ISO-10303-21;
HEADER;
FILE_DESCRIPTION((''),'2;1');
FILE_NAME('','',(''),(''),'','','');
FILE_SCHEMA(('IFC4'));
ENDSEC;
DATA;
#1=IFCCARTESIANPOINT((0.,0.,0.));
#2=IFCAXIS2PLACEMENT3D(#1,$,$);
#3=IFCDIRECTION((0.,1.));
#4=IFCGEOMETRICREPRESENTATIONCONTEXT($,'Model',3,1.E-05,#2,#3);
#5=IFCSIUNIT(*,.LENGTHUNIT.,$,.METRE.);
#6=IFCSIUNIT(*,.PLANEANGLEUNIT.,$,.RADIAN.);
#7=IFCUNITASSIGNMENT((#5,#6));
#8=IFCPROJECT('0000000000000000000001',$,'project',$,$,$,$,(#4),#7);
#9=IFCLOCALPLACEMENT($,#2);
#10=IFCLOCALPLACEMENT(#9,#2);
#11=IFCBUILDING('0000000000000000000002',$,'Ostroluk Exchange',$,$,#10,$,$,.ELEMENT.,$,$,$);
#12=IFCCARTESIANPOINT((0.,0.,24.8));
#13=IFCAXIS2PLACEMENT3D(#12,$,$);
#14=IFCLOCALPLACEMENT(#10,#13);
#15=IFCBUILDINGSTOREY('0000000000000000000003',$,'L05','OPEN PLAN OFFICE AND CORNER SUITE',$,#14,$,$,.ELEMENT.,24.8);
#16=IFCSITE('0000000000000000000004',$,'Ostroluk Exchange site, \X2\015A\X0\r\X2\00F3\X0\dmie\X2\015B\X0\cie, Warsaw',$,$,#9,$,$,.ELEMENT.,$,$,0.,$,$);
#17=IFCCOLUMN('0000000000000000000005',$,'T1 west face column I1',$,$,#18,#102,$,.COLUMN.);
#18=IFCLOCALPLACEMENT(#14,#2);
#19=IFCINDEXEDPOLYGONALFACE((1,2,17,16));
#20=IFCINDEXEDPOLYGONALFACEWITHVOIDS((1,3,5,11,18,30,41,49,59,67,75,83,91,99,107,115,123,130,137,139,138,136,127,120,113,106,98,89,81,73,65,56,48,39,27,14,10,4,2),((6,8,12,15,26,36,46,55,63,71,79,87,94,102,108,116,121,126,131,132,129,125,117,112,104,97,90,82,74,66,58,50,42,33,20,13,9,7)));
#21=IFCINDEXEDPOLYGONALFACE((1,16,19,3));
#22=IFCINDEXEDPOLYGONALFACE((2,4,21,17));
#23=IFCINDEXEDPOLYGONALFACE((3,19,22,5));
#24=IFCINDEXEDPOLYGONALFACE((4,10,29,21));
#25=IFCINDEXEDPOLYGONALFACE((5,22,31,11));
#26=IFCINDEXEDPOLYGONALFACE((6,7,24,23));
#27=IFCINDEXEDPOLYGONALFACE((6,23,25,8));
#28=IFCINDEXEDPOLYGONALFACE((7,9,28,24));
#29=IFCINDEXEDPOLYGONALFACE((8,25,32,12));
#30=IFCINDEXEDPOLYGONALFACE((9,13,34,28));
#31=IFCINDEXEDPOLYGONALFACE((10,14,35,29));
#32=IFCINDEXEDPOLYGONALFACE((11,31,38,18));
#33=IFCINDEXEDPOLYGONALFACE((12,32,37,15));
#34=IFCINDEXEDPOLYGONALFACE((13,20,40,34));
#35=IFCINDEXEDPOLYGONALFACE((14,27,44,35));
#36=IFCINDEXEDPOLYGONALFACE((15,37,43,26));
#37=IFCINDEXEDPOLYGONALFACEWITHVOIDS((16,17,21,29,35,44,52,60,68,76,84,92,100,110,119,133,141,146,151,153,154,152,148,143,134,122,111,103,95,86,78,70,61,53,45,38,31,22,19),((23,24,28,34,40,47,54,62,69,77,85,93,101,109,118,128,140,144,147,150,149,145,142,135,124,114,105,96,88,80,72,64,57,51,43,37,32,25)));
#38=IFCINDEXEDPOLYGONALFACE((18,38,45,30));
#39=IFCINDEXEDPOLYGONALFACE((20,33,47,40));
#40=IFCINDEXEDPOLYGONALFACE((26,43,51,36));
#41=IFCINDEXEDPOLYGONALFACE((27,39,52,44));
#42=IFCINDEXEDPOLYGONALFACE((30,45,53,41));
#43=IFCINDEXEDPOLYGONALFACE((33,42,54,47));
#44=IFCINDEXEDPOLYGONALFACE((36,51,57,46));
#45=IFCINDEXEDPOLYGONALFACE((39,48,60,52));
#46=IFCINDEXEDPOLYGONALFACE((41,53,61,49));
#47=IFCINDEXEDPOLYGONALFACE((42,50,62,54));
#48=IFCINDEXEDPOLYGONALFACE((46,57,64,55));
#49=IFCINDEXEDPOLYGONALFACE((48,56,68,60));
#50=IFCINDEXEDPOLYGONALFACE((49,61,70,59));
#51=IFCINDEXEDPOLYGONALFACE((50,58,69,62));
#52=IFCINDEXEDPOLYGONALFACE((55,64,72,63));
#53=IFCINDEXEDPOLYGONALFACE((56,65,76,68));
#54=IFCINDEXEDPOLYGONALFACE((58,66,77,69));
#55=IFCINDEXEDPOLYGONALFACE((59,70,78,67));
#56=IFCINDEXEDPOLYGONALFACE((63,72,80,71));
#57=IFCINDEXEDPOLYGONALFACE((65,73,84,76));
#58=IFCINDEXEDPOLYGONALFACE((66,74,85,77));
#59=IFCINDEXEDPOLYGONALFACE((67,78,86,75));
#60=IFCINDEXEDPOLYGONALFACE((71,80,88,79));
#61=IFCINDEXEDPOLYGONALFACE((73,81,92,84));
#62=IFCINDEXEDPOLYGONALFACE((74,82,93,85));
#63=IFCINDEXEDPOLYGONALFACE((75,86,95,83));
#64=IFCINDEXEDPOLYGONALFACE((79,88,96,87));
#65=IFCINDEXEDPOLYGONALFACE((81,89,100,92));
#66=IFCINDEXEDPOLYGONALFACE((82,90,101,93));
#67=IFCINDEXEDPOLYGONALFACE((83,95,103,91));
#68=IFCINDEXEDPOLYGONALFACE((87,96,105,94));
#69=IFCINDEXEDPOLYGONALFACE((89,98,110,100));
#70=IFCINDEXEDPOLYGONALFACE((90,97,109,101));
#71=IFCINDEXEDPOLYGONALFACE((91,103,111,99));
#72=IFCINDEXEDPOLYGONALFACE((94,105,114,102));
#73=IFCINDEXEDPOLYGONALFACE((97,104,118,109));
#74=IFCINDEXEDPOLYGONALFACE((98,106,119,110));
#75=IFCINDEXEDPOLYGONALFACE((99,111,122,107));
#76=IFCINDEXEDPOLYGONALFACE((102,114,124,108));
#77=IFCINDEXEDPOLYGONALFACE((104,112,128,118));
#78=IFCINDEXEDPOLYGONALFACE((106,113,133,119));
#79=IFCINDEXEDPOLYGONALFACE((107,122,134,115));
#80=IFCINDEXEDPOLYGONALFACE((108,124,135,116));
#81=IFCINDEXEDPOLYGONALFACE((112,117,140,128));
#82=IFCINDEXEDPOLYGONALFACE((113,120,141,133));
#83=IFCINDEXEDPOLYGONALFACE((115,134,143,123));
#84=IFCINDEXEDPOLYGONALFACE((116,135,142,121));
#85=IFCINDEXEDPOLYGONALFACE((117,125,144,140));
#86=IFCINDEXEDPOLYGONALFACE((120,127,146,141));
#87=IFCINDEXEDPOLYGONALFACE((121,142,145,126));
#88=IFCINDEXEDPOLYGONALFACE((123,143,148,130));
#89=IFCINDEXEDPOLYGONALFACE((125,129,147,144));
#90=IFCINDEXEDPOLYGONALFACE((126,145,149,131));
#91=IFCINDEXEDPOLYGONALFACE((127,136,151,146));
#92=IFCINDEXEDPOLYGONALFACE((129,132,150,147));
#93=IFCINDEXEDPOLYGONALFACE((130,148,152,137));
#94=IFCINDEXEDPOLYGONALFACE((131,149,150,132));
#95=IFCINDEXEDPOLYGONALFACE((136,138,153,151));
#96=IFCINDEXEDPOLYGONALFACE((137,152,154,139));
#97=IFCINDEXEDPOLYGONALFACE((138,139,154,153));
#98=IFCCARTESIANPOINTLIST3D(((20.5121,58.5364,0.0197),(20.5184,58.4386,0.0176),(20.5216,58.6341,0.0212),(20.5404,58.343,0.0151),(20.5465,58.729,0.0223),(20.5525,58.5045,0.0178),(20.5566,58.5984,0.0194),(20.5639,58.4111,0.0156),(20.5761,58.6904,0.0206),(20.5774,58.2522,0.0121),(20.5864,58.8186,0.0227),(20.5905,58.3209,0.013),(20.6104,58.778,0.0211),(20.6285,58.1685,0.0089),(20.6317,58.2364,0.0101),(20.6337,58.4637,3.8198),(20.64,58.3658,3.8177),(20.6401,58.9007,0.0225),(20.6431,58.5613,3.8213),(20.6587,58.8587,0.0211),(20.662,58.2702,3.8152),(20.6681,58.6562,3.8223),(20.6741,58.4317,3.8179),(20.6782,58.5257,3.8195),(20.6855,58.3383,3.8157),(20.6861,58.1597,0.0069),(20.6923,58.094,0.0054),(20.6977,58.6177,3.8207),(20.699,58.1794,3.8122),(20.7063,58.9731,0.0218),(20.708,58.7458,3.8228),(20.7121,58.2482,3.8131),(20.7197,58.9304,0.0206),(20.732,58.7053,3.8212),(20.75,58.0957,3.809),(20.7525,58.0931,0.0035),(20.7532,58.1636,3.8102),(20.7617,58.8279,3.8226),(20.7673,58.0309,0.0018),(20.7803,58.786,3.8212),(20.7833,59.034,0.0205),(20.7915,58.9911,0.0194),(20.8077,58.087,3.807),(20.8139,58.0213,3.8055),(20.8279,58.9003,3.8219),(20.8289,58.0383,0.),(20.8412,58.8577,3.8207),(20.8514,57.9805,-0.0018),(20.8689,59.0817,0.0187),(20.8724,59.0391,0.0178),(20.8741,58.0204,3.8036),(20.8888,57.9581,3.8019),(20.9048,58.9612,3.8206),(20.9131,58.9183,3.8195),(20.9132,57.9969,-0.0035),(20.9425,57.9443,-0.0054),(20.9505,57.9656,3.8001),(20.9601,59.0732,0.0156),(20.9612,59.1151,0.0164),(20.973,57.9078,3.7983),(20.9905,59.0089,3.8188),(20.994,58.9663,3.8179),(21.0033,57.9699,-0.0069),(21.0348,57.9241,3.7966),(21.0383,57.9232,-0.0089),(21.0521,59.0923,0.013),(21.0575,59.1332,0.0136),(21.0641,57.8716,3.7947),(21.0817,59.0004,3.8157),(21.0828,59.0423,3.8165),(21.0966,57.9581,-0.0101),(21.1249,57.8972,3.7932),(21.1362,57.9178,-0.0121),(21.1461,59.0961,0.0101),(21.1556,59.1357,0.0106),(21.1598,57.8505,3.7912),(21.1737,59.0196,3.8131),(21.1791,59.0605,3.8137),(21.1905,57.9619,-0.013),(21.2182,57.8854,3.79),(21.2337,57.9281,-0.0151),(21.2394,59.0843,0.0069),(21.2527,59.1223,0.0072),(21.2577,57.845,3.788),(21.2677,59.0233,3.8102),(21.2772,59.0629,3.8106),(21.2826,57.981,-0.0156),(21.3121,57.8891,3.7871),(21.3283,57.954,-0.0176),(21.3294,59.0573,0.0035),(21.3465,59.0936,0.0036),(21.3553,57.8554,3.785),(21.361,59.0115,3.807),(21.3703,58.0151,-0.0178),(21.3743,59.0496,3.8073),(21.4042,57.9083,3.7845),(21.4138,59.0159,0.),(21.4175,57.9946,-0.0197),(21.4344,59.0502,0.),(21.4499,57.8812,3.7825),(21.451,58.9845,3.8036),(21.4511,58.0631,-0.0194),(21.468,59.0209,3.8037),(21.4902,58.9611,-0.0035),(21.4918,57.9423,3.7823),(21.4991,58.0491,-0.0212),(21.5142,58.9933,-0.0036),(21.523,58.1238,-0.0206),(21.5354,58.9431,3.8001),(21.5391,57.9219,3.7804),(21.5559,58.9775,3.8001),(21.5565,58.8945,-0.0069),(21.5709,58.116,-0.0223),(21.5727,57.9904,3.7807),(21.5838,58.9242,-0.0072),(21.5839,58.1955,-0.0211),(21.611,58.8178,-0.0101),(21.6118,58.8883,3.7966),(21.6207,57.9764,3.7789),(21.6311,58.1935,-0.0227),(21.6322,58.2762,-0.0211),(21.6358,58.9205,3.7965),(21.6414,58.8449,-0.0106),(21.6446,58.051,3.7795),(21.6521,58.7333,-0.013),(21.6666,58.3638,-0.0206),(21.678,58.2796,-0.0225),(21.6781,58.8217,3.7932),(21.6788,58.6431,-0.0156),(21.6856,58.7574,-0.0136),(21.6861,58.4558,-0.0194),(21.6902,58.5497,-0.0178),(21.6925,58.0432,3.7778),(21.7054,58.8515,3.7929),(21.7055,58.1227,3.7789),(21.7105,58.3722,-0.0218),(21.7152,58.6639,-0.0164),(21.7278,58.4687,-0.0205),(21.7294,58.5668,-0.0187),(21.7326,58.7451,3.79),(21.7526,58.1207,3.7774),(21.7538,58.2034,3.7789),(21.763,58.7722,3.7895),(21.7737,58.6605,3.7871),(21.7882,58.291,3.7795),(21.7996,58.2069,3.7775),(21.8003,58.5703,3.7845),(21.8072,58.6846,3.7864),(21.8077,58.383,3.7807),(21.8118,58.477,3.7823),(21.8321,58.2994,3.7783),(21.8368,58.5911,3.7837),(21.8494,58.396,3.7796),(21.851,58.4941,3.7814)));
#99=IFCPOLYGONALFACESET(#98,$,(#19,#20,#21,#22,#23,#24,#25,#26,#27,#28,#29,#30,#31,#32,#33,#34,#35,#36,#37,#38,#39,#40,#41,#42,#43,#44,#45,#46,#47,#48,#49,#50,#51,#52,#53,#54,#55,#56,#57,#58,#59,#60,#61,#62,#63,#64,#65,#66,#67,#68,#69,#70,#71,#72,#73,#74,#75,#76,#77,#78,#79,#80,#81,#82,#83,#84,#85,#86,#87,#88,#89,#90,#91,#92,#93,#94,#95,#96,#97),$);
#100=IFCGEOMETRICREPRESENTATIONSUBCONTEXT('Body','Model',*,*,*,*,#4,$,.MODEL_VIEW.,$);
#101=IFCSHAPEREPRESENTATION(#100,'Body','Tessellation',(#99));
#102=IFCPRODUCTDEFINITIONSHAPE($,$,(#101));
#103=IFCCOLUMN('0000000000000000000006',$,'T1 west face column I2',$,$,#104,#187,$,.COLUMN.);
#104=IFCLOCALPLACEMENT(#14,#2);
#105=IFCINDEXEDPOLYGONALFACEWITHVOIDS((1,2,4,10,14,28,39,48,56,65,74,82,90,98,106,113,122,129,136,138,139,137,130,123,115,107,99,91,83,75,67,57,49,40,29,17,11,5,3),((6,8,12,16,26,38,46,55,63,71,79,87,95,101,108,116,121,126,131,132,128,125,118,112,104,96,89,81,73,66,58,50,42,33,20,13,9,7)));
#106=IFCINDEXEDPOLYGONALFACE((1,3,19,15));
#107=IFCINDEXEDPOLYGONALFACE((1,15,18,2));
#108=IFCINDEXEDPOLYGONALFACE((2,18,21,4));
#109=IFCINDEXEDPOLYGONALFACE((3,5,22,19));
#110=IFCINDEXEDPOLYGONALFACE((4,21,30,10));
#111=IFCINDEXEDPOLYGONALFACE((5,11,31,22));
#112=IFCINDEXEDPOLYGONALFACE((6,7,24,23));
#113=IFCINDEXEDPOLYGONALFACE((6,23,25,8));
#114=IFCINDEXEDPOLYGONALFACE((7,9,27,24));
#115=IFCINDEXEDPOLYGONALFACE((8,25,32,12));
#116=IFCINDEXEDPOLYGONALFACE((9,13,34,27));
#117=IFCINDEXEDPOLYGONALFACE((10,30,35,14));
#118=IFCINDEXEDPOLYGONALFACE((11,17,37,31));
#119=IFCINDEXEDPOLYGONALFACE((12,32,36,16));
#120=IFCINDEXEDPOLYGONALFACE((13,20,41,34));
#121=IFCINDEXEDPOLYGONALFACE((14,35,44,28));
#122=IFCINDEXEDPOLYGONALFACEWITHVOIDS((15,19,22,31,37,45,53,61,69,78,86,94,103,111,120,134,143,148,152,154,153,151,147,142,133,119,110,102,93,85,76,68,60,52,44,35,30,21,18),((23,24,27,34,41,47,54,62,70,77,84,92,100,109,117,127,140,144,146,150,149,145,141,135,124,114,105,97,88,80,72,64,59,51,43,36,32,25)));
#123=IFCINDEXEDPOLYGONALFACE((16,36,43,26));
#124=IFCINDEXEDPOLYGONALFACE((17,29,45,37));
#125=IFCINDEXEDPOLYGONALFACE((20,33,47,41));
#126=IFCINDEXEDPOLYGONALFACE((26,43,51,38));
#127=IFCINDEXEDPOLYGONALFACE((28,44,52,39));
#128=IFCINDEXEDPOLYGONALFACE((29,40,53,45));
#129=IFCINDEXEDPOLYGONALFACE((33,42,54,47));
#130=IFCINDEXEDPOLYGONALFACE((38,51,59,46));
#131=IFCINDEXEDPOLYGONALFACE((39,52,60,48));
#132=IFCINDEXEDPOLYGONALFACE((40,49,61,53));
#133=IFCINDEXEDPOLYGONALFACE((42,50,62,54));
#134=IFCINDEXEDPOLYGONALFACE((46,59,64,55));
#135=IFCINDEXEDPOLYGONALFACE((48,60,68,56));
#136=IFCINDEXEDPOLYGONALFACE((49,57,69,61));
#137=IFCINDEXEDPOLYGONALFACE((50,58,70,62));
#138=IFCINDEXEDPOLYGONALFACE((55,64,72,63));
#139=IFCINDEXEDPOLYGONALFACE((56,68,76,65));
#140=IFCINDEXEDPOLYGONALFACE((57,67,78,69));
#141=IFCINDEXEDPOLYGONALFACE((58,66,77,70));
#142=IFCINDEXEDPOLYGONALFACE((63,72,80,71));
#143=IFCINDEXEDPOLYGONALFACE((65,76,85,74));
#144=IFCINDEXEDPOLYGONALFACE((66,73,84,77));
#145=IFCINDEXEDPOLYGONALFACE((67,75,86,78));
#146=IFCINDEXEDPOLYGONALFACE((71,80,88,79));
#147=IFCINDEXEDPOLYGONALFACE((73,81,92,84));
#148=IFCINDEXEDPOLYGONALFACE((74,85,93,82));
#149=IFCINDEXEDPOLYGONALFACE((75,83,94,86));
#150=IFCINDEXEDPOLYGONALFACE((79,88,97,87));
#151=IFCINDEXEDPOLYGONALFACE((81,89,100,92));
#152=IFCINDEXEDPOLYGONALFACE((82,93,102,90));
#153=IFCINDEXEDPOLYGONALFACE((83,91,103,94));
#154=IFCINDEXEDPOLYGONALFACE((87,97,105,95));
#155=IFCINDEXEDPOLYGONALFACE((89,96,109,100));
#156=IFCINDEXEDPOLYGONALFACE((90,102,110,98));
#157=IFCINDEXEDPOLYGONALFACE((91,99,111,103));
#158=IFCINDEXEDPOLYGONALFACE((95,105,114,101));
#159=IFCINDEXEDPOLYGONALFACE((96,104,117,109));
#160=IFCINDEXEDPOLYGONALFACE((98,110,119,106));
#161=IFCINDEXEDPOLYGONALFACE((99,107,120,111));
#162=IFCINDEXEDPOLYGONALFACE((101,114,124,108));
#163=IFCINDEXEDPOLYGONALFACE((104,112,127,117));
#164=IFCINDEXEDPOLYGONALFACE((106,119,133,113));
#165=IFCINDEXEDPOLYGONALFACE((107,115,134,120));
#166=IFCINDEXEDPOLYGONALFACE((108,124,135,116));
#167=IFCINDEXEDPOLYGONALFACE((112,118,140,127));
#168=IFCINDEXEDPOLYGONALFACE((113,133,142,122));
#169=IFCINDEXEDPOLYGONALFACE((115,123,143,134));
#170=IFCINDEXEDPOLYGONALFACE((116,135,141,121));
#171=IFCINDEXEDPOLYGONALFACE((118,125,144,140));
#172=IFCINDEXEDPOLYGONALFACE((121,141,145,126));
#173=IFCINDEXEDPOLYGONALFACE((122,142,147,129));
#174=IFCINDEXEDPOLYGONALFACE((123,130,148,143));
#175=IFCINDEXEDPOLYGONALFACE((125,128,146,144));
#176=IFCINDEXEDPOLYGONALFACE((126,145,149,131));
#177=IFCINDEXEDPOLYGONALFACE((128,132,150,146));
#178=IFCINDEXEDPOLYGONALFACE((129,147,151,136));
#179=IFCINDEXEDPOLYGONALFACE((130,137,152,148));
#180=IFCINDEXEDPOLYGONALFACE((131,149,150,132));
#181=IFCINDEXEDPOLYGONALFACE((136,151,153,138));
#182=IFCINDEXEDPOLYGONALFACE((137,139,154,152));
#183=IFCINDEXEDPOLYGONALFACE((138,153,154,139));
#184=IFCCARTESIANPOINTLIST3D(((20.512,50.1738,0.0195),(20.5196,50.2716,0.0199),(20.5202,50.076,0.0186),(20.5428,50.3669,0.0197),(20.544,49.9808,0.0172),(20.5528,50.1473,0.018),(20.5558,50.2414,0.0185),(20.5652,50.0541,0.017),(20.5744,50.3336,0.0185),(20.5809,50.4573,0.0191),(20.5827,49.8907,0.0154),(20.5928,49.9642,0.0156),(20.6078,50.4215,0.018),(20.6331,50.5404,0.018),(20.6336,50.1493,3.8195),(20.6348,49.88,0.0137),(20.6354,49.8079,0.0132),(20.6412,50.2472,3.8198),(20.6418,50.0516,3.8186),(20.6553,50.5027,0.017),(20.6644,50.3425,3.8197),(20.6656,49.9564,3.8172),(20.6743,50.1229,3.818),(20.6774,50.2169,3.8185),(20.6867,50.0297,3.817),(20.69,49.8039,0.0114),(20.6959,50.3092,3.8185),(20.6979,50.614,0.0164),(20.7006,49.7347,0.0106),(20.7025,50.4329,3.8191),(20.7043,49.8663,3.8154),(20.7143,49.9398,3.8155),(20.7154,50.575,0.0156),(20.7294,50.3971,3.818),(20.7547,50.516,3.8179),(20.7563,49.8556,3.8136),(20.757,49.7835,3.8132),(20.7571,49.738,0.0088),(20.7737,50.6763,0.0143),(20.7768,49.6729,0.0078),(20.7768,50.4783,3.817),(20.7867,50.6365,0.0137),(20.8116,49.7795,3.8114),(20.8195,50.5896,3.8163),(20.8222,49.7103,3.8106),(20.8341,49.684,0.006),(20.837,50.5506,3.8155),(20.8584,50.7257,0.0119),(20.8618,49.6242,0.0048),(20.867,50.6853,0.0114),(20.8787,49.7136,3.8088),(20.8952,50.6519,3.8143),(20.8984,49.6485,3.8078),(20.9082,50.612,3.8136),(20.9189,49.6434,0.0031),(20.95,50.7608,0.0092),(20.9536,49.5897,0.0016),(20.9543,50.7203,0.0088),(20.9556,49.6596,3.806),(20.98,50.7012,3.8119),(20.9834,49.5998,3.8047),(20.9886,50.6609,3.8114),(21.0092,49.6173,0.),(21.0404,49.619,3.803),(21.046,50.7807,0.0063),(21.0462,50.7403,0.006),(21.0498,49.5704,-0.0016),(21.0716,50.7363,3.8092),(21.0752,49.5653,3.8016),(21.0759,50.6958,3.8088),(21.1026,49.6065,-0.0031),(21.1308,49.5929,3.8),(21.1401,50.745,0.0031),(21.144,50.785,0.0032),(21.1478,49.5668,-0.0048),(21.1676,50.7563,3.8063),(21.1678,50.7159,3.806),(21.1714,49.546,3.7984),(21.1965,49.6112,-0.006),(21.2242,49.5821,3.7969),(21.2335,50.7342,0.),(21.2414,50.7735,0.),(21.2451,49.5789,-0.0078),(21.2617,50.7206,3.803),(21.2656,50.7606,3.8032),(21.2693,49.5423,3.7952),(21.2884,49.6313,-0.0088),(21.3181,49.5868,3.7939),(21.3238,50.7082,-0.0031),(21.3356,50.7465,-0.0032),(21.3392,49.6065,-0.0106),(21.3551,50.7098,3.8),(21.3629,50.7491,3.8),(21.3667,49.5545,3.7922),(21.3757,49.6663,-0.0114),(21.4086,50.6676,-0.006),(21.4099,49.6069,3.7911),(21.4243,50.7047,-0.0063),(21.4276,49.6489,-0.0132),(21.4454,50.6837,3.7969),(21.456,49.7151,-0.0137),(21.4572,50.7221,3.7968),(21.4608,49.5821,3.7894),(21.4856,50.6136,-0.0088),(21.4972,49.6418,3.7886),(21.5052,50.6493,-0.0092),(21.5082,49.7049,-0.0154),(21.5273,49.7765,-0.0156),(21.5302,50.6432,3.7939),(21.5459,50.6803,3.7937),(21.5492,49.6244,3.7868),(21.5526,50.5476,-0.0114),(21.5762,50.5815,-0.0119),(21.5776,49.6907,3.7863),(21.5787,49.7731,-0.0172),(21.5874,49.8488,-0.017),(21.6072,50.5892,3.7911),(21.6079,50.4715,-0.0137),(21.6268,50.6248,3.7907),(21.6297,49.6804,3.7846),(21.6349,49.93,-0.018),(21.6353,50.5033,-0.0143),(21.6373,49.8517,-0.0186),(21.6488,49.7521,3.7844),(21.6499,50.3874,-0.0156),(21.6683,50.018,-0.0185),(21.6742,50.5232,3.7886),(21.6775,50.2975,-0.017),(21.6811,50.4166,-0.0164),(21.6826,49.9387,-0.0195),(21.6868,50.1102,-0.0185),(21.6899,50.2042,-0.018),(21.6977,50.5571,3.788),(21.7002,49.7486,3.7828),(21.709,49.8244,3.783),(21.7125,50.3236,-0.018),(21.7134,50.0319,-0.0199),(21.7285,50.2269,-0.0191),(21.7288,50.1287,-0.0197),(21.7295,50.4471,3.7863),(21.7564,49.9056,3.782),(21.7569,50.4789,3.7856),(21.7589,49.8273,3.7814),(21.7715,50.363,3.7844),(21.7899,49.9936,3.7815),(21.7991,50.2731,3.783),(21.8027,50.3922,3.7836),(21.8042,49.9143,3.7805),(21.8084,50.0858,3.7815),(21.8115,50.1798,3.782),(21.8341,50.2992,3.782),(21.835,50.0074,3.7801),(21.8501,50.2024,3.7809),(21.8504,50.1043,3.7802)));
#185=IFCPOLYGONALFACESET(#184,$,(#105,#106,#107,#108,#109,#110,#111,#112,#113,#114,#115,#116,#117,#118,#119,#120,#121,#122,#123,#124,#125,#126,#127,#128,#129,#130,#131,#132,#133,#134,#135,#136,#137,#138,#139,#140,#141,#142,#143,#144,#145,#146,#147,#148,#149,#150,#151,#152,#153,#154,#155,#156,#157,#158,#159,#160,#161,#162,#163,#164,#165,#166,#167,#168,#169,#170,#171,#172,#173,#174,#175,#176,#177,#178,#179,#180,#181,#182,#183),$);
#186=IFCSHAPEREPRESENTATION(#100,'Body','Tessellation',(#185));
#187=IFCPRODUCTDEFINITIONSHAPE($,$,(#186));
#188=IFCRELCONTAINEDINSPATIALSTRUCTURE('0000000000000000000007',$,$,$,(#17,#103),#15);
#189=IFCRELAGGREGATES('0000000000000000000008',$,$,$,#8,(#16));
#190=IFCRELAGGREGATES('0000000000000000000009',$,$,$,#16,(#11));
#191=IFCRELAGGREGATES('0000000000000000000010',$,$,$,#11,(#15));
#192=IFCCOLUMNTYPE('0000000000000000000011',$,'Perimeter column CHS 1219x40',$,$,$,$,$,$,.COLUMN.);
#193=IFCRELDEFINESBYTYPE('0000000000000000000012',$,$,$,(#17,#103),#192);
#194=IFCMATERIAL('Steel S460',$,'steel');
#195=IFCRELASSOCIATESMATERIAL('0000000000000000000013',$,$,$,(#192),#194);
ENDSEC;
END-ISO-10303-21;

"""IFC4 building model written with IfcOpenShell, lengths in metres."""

from ifc_helpers import new_model, si_unit, direction, frame, origin, origin_2d, place, context, subcontext, project, spatial, hollow_circle, extrude, material, material_profile, profile_set, type_object, element, save


model = new_model("IFC4")

# Units and contexts
model_context = context("Model", 3, precision=1e-05, world=origin(), true_north=direction((0.0, 1.0)))
body_context = subcontext(model_context, "Body", "Model", "MODEL_VIEW")
ifc_project = project(units=[si_unit("LENGTHUNIT", "METRE"), si_unit("PLANEANGLEUNIT", "RADIAN")], contexts=[model_context])

# Site, building, storey
site_placement = place(None, origin())
site = spatial("IfcSite", under=ifc_project, at=site_placement, Name="Ostroluk Exchange site, Śródmieście, Warsaw", CompositionType="ELEMENT", RefElevation=0.0)
building_placement = place(site_placement, origin())
building = spatial("IfcBuilding", under=site, at=building_placement, Name="Ostroluk Exchange", CompositionType="ELEMENT")
storey_placement = place(building_placement, frame((0.0, 0.0, 24.8)))
storey = spatial("IfcBuildingStorey", under=building, at=storey_placement, Name="L05", Description="OPEN PLAN OFFICE AND CORNER SUITE", CompositionType="ELEMENT", Elevation=24.8)

# Columns
ifc_material_1 = material(Name="Steel S460", Category="steel")
ifc_material_profile_1 = material_profile(ifc_material_1, hollow_circle(Radius=0.6096, WallThickness=0.04, at=origin_2d()), Name="CHS 1219x40")
ifc_profile_set_1 = profile_set([ifc_material_profile_1], Name="Steel S460")
column_type = type_object("IfcColumnType", Name="Perimeter column CHS 1219x40", PredefinedType="COLUMN", material=ifc_profile_set_1)
column_1_placement = place(storey_placement, frame((21.1213, 58.5271, 0.0), z_axis=(0.031973, -0.019132, 0.999306), x_axis=(0.513482, 0.8581, 0.0)))
element("IfcColumn", 1, at=column_1_placement, inside=storey, type_object=column_type, Name="T1 west face column I1", PredefinedType="COLUMN", context=body_context, shape_type="SweptSolid", body=[
    extrude(hollow_circle(Radius=0.6096, WallThickness=0.04, at=origin_2d()), origin(), (0.0, 0.0, 1.0), 3.8027),
])
column_2_placement = place(storey_placement, frame((21.1213, 50.1758, 0.0), z_axis=(0.031978, -0.006421, 0.999468), x_axis=(0.196873, 0.980429, 0.0)))
element("IfcColumn", 2, at=column_2_placement, inside=storey, type_object=column_type, Name="T1 west face column I2", PredefinedType="COLUMN", context=body_context, shape_type="SweptSolid", body=[
    extrude(hollow_circle(Radius=0.6096, WallThickness=0.04, at=origin_2d()), origin(), (0.0, 0.0, 1.0), 3.802),
])

save(model, "model.ifc")
